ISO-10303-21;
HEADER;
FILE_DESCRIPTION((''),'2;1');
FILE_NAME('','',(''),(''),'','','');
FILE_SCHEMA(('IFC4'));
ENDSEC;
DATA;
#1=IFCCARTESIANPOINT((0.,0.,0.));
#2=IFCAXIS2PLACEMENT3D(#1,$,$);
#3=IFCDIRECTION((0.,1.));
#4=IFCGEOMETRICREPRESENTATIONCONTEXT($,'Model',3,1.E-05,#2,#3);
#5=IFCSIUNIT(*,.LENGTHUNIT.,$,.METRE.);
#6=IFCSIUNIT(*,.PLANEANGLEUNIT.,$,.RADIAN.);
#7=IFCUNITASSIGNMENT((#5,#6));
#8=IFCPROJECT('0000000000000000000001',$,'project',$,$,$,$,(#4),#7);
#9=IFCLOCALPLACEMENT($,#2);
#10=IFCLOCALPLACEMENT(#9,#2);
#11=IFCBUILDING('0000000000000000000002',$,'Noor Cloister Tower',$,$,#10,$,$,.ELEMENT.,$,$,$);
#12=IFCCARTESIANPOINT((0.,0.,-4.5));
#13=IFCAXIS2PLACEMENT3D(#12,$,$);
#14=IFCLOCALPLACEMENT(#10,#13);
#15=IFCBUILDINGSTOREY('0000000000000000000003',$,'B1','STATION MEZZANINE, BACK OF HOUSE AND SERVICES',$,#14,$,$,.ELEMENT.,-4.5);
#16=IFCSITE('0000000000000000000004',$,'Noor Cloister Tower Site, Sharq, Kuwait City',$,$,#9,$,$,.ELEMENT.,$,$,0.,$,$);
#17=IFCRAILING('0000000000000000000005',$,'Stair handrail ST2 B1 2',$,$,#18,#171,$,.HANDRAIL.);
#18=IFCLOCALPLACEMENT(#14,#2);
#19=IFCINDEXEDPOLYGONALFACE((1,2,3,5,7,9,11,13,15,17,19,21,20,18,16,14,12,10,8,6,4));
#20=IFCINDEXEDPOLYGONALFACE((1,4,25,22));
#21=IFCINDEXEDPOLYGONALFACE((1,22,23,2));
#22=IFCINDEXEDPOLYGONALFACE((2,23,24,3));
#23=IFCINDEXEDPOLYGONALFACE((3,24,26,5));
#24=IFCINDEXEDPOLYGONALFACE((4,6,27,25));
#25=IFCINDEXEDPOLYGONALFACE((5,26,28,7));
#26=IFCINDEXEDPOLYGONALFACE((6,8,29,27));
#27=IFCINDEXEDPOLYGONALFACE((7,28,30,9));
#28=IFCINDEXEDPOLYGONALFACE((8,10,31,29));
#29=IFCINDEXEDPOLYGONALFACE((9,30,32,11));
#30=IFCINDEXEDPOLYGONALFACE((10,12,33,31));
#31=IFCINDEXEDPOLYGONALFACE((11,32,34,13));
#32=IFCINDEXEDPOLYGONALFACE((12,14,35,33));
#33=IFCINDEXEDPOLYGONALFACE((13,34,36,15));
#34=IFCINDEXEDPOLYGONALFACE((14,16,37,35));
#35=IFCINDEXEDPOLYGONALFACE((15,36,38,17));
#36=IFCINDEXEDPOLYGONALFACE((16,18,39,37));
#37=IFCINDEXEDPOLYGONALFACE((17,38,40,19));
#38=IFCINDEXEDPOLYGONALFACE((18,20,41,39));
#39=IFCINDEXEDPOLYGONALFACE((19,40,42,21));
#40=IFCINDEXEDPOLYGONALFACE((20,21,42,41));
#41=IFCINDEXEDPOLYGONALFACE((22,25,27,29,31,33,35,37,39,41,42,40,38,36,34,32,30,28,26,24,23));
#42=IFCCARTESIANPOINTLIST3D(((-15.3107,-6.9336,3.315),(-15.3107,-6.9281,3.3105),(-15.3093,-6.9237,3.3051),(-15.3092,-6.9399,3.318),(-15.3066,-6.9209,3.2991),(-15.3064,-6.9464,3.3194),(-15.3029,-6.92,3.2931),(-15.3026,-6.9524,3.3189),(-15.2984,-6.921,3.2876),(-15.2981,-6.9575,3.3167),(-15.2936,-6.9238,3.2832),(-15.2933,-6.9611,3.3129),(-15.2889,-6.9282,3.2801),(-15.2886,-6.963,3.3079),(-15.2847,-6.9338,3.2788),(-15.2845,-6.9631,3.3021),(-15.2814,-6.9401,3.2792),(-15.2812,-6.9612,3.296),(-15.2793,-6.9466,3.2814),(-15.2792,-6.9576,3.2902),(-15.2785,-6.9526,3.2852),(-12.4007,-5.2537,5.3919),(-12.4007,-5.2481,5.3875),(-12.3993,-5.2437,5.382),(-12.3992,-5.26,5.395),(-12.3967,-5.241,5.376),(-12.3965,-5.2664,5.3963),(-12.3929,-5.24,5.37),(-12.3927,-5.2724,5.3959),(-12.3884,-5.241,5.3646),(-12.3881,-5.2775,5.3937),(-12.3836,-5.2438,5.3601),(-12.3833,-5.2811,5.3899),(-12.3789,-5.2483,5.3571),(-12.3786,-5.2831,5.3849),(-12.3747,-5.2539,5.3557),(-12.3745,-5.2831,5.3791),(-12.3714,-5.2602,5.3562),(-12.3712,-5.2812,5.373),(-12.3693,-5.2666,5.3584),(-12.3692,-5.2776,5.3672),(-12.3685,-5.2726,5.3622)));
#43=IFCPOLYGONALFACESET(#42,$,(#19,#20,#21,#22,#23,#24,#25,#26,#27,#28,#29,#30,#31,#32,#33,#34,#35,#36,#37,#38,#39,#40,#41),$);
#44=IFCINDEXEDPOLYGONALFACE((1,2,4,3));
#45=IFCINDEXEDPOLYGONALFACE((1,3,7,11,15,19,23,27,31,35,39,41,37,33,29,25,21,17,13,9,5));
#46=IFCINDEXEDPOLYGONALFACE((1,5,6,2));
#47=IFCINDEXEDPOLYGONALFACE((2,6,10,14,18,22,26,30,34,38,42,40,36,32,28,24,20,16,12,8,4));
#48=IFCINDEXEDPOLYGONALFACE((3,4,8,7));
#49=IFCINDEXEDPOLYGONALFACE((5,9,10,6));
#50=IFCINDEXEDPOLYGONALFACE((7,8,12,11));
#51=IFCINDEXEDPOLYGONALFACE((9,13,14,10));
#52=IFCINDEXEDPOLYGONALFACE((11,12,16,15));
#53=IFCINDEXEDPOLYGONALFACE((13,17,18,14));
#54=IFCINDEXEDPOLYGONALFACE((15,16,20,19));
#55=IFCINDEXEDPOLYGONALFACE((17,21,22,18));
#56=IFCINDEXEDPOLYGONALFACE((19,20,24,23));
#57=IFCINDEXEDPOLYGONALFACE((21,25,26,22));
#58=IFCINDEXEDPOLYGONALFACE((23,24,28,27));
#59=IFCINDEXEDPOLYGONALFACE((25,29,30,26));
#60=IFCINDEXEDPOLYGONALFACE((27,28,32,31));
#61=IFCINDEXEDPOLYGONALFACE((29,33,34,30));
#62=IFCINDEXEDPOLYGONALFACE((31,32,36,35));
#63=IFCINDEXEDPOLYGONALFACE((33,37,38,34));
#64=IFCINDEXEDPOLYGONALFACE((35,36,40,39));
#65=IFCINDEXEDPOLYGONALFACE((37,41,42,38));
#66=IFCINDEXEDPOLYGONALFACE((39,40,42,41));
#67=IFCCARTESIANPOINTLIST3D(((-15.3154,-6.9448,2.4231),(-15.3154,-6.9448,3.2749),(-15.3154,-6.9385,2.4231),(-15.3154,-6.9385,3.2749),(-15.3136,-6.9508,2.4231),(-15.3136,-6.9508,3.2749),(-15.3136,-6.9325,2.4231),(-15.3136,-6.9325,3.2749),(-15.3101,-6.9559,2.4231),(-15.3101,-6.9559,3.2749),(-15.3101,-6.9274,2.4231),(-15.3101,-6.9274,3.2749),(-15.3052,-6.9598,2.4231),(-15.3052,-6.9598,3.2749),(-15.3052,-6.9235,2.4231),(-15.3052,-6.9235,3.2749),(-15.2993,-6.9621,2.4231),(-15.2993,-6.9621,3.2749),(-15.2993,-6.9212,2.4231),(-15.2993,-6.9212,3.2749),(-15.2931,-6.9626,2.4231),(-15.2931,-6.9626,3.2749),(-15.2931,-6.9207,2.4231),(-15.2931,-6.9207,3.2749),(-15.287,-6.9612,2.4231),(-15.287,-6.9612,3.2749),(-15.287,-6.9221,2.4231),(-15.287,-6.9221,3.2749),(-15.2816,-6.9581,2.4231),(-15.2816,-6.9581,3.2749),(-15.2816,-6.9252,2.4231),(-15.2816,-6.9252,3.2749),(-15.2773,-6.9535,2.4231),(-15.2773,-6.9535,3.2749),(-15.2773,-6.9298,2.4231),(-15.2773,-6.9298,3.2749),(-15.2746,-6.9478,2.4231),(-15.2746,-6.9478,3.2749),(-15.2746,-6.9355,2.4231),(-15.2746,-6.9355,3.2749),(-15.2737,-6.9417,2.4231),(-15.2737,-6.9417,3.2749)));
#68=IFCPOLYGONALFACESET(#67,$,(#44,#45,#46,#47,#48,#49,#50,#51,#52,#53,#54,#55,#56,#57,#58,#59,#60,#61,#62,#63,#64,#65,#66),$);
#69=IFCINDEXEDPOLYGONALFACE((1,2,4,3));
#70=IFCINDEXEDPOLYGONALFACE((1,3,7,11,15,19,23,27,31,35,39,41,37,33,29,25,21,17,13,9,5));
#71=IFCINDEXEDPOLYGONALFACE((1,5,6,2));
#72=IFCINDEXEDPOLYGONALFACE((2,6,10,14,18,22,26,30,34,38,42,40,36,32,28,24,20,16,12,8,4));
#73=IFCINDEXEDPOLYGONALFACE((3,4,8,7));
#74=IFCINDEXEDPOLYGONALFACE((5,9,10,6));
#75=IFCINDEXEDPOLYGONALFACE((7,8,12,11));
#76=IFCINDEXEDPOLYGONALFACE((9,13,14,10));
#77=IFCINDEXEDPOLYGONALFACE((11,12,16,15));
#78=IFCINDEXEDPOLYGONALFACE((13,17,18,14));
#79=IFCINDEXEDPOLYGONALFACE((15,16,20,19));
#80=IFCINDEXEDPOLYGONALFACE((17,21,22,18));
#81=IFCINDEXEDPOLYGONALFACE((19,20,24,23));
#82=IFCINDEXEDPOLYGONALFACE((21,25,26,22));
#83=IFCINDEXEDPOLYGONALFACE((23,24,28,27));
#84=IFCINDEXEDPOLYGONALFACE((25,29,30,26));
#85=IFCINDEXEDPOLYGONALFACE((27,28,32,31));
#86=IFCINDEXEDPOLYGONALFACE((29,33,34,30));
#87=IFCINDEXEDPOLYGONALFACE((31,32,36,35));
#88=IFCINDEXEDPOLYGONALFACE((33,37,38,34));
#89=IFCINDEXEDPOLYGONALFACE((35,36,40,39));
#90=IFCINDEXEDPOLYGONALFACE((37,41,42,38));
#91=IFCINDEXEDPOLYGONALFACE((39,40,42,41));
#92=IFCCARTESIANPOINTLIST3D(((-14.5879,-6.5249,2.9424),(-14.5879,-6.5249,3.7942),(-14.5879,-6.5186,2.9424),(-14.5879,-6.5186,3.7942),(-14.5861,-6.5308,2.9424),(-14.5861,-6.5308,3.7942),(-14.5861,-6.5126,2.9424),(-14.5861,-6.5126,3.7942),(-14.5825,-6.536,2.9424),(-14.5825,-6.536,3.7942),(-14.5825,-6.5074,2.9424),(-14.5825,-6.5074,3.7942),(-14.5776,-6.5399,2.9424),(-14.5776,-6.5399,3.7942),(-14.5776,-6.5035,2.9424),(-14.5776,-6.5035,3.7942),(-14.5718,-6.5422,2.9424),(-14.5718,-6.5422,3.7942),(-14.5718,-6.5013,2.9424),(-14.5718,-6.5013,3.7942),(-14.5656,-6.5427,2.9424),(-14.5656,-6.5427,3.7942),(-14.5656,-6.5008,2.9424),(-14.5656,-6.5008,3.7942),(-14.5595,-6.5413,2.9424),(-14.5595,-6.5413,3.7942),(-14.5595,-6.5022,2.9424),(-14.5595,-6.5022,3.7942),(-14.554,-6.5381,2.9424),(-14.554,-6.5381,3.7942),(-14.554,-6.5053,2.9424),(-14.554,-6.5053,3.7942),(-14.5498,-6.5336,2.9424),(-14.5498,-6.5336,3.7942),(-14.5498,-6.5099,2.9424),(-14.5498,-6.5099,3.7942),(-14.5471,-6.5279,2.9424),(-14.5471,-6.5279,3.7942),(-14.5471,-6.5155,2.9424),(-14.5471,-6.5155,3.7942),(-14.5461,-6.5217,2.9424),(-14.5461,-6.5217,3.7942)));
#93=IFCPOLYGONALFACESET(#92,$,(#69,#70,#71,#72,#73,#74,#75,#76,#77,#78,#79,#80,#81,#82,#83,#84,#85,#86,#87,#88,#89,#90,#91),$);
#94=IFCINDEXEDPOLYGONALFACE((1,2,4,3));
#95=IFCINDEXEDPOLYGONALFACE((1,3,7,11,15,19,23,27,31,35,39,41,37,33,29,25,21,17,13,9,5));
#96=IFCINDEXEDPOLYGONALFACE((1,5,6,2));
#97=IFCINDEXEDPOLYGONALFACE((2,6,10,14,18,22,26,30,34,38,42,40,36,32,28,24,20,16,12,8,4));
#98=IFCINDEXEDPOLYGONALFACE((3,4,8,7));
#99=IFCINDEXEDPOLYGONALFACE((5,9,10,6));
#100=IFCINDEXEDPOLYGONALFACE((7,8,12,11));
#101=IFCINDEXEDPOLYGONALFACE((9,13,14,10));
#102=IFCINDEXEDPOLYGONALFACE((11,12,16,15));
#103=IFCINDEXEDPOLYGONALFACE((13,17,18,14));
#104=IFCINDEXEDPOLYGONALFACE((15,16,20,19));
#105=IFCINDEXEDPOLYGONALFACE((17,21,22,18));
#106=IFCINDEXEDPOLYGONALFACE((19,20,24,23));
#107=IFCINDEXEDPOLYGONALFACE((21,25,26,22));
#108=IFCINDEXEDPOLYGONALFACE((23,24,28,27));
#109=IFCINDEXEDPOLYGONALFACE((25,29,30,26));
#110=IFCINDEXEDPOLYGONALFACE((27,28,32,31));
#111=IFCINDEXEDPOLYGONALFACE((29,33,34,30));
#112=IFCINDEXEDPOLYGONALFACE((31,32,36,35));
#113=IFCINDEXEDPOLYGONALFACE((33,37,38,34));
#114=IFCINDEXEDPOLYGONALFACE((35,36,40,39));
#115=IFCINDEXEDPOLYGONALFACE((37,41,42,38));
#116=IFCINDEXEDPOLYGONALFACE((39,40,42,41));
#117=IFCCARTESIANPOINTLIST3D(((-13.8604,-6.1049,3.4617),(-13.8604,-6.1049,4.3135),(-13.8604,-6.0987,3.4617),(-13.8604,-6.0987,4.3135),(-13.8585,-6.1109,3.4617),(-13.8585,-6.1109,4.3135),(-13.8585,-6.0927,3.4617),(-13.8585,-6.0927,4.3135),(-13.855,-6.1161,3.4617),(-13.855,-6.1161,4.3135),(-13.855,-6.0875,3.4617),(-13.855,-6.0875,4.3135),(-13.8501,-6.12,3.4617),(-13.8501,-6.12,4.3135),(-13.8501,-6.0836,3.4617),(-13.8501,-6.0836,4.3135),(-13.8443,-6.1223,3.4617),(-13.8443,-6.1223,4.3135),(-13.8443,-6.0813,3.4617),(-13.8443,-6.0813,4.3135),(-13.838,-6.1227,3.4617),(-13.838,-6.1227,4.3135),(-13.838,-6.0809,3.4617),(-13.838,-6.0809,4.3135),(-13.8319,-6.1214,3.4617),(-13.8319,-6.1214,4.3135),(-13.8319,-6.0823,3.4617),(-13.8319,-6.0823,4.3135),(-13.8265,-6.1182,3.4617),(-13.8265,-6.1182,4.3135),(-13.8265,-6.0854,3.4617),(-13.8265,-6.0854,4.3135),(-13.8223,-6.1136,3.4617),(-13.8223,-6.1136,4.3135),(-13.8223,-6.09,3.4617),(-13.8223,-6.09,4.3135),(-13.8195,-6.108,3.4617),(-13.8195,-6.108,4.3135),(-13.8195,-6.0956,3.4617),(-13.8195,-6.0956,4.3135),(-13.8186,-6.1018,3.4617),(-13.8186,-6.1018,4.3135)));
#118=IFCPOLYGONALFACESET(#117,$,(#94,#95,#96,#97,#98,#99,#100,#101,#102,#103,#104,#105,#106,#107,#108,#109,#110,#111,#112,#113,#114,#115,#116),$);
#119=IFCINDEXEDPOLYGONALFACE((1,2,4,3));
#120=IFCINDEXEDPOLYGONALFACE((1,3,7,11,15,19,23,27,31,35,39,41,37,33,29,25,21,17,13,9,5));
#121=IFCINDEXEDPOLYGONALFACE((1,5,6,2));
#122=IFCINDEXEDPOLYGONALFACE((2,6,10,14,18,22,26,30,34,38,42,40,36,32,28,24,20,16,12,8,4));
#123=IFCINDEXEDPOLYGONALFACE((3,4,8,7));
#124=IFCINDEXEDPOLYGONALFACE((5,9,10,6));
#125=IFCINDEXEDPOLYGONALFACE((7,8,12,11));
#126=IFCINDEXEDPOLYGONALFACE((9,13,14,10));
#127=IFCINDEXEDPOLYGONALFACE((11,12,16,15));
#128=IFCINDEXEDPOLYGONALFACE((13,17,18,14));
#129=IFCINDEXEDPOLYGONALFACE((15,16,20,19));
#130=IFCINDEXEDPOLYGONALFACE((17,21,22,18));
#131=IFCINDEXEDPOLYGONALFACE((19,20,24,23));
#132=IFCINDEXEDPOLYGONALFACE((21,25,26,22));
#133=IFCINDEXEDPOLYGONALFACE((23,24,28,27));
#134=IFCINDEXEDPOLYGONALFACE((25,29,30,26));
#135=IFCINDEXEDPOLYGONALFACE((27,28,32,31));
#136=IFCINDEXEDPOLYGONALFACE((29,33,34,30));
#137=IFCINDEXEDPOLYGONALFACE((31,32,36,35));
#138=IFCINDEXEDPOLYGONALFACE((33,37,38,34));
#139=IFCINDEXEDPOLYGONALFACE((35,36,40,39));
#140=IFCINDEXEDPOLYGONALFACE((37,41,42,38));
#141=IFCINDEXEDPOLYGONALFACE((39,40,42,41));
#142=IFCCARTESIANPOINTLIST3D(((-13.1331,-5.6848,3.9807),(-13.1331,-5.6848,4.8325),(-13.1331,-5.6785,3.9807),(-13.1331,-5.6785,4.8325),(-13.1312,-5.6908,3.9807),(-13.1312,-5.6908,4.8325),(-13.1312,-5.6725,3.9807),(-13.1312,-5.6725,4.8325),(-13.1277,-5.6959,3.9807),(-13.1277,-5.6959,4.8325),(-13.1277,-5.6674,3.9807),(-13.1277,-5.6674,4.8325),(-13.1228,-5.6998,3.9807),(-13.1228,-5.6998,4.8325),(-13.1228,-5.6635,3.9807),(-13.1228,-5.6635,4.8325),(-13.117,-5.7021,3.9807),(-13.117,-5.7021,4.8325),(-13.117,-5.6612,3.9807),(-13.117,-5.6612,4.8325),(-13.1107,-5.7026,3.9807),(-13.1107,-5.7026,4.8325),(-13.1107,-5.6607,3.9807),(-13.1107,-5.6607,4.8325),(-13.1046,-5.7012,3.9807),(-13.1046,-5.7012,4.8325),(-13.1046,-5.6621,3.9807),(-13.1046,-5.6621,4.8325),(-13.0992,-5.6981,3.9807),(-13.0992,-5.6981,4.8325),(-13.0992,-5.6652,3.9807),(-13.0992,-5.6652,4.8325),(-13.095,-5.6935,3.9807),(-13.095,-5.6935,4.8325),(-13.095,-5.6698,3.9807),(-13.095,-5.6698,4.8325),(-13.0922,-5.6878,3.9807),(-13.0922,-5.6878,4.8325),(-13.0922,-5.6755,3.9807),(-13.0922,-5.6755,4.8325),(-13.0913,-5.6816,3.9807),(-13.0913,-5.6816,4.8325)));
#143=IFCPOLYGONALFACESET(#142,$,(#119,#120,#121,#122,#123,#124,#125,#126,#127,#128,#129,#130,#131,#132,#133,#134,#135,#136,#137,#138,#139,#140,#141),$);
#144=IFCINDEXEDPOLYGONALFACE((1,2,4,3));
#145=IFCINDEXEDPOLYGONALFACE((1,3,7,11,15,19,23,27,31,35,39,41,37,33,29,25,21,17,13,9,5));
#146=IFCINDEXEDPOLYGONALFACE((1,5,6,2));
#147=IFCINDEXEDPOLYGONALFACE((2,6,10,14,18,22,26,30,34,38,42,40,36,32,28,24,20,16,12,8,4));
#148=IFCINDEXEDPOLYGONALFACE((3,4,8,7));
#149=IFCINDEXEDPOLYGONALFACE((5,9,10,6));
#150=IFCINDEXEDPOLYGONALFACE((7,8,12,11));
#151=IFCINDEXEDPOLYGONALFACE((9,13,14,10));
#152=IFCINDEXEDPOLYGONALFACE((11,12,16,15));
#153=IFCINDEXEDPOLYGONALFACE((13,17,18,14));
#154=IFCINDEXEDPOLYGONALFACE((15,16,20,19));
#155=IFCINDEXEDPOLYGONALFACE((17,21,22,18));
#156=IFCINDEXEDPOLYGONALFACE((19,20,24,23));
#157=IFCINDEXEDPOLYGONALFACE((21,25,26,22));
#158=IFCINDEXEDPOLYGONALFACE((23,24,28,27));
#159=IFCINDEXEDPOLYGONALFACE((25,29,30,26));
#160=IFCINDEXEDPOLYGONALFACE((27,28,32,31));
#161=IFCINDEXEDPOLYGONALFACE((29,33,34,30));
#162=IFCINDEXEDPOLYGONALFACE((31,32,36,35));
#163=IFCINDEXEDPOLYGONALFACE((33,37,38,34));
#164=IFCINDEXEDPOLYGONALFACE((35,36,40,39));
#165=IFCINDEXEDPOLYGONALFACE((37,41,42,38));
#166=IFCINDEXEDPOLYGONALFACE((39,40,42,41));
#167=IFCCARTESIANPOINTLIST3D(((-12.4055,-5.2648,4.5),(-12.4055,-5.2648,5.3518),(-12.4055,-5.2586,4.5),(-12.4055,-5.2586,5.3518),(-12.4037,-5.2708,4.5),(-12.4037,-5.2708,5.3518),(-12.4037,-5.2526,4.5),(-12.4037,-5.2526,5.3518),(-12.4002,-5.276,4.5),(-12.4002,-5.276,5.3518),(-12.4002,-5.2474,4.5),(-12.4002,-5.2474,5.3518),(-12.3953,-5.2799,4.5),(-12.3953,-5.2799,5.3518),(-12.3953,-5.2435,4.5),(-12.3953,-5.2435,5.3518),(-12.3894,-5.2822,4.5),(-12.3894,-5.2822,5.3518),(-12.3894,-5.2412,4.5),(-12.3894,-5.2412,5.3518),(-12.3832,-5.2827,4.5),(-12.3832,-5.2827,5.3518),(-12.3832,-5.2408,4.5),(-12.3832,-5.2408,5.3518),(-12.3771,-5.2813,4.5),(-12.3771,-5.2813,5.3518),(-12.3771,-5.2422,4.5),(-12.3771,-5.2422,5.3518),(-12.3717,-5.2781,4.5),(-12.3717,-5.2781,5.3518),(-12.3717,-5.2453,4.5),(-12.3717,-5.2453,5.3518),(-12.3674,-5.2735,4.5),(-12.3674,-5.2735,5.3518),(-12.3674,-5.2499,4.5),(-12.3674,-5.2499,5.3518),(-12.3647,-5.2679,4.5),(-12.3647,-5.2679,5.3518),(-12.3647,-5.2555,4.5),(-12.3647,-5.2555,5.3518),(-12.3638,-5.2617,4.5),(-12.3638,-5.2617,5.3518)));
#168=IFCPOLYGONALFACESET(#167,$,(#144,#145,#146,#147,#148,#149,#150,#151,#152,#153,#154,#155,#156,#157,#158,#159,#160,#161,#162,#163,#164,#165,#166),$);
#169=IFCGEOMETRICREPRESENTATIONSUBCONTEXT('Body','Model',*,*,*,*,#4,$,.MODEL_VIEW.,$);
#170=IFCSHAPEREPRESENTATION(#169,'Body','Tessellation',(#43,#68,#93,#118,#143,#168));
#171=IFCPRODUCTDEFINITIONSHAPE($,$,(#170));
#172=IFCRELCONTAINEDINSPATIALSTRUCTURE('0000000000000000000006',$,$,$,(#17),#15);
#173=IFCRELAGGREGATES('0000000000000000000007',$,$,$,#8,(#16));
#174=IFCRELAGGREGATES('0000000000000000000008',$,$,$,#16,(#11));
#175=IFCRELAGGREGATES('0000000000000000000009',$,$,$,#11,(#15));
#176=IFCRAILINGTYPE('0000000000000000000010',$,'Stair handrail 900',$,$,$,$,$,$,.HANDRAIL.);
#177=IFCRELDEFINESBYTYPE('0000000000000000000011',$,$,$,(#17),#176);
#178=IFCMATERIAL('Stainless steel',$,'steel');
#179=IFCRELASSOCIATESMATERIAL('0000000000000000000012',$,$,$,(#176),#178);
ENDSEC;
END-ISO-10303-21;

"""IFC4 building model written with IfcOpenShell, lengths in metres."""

from ifc_helpers import new_model, si_unit, direction, frame, origin, origin_2d, place, context, subcontext, project, spatial, circle, extrude, material, type_object, element, save


model = new_model("IFC4")

# Units and contexts
model_context = context("Model", 3, precision=1e-05, world=origin(), true_north=direction((0.0, 1.0)))
body_context = subcontext(model_context, "Body", "Model", "MODEL_VIEW")
ifc_project = project(units=[si_unit("LENGTHUNIT", "METRE"), si_unit("PLANEANGLEUNIT", "RADIAN")], contexts=[model_context])

# Site, building, storey
site_placement = place(None, origin())
site = spatial("IfcSite", under=ifc_project, at=site_placement, Name="Noor Cloister Tower Site, Sharq, Kuwait City", CompositionType="ELEMENT", RefElevation=0.0)
building_placement = place(site_placement, origin())
building = spatial("IfcBuilding", under=site, at=building_placement, Name="Noor Cloister Tower", CompositionType="ELEMENT")
storey_placement = place(building_placement, frame((0.0, 0.0, -4.5)))
storey = spatial("IfcBuildingStorey", under=building, at=storey_placement, Name="B1", Description="STATION MEZZANINE, BACK OF HOUSE AND SERVICES", CompositionType="ELEMENT", Elevation=-4.5)

# Railing
ifc_material_1 = material(Name="Stainless steel", Category="steel")
railing_type_1 = type_object("IfcRailingType", Name="Stair handrail 900", PredefinedType="HANDRAIL", material=ifc_material_1)
railing_1_placement = place(storey_placement, frame((-15.2947, -6.9417, 2.4231)))
element("IfcRailing", 1, at=railing_1_placement, inside=storey, type_object=railing_type_1, Name="Stair handrail ST2 B1 2", PredefinedType="HANDRAIL", context=body_context, shape_type="SweptSolid", body=[
    extrude(circle(Radius=0.0239, at=origin_2d()), frame((0.0, 0.0, 0.876), z_axis=(0.736668, 0.425288, 0.525785), x_axis=(-0.499976, 0.866039, 0.0)), (0.0, 0.0, 1.0), 3.9502),
    extrude(circle(Radius=0.021, at=origin_2d()), origin(), (0.0, 0.0, 1.0), 0.8518),
    extrude(circle(Radius=0.021, at=origin_2d()), frame((0.7275, 0.4199, 0.5193)), (0.0, 0.0, 1.0), 0.8518),
    extrude(circle(Radius=0.021, at=origin_2d()), frame((1.4551, 0.8398, 1.0386)), (0.0, 0.0, 1.0), 0.8518),
    extrude(circle(Radius=0.021, at=origin_2d()), frame((2.1824, 1.26, 1.5576)), (0.0, 0.0, 1.0), 0.8518),
    extrude(circle(Radius=0.021, at=origin_2d()), frame((2.9099, 1.6799, 2.0769)), (0.0, 0.0, 1.0), 0.8518),
])

save(model, "model.ifc")
